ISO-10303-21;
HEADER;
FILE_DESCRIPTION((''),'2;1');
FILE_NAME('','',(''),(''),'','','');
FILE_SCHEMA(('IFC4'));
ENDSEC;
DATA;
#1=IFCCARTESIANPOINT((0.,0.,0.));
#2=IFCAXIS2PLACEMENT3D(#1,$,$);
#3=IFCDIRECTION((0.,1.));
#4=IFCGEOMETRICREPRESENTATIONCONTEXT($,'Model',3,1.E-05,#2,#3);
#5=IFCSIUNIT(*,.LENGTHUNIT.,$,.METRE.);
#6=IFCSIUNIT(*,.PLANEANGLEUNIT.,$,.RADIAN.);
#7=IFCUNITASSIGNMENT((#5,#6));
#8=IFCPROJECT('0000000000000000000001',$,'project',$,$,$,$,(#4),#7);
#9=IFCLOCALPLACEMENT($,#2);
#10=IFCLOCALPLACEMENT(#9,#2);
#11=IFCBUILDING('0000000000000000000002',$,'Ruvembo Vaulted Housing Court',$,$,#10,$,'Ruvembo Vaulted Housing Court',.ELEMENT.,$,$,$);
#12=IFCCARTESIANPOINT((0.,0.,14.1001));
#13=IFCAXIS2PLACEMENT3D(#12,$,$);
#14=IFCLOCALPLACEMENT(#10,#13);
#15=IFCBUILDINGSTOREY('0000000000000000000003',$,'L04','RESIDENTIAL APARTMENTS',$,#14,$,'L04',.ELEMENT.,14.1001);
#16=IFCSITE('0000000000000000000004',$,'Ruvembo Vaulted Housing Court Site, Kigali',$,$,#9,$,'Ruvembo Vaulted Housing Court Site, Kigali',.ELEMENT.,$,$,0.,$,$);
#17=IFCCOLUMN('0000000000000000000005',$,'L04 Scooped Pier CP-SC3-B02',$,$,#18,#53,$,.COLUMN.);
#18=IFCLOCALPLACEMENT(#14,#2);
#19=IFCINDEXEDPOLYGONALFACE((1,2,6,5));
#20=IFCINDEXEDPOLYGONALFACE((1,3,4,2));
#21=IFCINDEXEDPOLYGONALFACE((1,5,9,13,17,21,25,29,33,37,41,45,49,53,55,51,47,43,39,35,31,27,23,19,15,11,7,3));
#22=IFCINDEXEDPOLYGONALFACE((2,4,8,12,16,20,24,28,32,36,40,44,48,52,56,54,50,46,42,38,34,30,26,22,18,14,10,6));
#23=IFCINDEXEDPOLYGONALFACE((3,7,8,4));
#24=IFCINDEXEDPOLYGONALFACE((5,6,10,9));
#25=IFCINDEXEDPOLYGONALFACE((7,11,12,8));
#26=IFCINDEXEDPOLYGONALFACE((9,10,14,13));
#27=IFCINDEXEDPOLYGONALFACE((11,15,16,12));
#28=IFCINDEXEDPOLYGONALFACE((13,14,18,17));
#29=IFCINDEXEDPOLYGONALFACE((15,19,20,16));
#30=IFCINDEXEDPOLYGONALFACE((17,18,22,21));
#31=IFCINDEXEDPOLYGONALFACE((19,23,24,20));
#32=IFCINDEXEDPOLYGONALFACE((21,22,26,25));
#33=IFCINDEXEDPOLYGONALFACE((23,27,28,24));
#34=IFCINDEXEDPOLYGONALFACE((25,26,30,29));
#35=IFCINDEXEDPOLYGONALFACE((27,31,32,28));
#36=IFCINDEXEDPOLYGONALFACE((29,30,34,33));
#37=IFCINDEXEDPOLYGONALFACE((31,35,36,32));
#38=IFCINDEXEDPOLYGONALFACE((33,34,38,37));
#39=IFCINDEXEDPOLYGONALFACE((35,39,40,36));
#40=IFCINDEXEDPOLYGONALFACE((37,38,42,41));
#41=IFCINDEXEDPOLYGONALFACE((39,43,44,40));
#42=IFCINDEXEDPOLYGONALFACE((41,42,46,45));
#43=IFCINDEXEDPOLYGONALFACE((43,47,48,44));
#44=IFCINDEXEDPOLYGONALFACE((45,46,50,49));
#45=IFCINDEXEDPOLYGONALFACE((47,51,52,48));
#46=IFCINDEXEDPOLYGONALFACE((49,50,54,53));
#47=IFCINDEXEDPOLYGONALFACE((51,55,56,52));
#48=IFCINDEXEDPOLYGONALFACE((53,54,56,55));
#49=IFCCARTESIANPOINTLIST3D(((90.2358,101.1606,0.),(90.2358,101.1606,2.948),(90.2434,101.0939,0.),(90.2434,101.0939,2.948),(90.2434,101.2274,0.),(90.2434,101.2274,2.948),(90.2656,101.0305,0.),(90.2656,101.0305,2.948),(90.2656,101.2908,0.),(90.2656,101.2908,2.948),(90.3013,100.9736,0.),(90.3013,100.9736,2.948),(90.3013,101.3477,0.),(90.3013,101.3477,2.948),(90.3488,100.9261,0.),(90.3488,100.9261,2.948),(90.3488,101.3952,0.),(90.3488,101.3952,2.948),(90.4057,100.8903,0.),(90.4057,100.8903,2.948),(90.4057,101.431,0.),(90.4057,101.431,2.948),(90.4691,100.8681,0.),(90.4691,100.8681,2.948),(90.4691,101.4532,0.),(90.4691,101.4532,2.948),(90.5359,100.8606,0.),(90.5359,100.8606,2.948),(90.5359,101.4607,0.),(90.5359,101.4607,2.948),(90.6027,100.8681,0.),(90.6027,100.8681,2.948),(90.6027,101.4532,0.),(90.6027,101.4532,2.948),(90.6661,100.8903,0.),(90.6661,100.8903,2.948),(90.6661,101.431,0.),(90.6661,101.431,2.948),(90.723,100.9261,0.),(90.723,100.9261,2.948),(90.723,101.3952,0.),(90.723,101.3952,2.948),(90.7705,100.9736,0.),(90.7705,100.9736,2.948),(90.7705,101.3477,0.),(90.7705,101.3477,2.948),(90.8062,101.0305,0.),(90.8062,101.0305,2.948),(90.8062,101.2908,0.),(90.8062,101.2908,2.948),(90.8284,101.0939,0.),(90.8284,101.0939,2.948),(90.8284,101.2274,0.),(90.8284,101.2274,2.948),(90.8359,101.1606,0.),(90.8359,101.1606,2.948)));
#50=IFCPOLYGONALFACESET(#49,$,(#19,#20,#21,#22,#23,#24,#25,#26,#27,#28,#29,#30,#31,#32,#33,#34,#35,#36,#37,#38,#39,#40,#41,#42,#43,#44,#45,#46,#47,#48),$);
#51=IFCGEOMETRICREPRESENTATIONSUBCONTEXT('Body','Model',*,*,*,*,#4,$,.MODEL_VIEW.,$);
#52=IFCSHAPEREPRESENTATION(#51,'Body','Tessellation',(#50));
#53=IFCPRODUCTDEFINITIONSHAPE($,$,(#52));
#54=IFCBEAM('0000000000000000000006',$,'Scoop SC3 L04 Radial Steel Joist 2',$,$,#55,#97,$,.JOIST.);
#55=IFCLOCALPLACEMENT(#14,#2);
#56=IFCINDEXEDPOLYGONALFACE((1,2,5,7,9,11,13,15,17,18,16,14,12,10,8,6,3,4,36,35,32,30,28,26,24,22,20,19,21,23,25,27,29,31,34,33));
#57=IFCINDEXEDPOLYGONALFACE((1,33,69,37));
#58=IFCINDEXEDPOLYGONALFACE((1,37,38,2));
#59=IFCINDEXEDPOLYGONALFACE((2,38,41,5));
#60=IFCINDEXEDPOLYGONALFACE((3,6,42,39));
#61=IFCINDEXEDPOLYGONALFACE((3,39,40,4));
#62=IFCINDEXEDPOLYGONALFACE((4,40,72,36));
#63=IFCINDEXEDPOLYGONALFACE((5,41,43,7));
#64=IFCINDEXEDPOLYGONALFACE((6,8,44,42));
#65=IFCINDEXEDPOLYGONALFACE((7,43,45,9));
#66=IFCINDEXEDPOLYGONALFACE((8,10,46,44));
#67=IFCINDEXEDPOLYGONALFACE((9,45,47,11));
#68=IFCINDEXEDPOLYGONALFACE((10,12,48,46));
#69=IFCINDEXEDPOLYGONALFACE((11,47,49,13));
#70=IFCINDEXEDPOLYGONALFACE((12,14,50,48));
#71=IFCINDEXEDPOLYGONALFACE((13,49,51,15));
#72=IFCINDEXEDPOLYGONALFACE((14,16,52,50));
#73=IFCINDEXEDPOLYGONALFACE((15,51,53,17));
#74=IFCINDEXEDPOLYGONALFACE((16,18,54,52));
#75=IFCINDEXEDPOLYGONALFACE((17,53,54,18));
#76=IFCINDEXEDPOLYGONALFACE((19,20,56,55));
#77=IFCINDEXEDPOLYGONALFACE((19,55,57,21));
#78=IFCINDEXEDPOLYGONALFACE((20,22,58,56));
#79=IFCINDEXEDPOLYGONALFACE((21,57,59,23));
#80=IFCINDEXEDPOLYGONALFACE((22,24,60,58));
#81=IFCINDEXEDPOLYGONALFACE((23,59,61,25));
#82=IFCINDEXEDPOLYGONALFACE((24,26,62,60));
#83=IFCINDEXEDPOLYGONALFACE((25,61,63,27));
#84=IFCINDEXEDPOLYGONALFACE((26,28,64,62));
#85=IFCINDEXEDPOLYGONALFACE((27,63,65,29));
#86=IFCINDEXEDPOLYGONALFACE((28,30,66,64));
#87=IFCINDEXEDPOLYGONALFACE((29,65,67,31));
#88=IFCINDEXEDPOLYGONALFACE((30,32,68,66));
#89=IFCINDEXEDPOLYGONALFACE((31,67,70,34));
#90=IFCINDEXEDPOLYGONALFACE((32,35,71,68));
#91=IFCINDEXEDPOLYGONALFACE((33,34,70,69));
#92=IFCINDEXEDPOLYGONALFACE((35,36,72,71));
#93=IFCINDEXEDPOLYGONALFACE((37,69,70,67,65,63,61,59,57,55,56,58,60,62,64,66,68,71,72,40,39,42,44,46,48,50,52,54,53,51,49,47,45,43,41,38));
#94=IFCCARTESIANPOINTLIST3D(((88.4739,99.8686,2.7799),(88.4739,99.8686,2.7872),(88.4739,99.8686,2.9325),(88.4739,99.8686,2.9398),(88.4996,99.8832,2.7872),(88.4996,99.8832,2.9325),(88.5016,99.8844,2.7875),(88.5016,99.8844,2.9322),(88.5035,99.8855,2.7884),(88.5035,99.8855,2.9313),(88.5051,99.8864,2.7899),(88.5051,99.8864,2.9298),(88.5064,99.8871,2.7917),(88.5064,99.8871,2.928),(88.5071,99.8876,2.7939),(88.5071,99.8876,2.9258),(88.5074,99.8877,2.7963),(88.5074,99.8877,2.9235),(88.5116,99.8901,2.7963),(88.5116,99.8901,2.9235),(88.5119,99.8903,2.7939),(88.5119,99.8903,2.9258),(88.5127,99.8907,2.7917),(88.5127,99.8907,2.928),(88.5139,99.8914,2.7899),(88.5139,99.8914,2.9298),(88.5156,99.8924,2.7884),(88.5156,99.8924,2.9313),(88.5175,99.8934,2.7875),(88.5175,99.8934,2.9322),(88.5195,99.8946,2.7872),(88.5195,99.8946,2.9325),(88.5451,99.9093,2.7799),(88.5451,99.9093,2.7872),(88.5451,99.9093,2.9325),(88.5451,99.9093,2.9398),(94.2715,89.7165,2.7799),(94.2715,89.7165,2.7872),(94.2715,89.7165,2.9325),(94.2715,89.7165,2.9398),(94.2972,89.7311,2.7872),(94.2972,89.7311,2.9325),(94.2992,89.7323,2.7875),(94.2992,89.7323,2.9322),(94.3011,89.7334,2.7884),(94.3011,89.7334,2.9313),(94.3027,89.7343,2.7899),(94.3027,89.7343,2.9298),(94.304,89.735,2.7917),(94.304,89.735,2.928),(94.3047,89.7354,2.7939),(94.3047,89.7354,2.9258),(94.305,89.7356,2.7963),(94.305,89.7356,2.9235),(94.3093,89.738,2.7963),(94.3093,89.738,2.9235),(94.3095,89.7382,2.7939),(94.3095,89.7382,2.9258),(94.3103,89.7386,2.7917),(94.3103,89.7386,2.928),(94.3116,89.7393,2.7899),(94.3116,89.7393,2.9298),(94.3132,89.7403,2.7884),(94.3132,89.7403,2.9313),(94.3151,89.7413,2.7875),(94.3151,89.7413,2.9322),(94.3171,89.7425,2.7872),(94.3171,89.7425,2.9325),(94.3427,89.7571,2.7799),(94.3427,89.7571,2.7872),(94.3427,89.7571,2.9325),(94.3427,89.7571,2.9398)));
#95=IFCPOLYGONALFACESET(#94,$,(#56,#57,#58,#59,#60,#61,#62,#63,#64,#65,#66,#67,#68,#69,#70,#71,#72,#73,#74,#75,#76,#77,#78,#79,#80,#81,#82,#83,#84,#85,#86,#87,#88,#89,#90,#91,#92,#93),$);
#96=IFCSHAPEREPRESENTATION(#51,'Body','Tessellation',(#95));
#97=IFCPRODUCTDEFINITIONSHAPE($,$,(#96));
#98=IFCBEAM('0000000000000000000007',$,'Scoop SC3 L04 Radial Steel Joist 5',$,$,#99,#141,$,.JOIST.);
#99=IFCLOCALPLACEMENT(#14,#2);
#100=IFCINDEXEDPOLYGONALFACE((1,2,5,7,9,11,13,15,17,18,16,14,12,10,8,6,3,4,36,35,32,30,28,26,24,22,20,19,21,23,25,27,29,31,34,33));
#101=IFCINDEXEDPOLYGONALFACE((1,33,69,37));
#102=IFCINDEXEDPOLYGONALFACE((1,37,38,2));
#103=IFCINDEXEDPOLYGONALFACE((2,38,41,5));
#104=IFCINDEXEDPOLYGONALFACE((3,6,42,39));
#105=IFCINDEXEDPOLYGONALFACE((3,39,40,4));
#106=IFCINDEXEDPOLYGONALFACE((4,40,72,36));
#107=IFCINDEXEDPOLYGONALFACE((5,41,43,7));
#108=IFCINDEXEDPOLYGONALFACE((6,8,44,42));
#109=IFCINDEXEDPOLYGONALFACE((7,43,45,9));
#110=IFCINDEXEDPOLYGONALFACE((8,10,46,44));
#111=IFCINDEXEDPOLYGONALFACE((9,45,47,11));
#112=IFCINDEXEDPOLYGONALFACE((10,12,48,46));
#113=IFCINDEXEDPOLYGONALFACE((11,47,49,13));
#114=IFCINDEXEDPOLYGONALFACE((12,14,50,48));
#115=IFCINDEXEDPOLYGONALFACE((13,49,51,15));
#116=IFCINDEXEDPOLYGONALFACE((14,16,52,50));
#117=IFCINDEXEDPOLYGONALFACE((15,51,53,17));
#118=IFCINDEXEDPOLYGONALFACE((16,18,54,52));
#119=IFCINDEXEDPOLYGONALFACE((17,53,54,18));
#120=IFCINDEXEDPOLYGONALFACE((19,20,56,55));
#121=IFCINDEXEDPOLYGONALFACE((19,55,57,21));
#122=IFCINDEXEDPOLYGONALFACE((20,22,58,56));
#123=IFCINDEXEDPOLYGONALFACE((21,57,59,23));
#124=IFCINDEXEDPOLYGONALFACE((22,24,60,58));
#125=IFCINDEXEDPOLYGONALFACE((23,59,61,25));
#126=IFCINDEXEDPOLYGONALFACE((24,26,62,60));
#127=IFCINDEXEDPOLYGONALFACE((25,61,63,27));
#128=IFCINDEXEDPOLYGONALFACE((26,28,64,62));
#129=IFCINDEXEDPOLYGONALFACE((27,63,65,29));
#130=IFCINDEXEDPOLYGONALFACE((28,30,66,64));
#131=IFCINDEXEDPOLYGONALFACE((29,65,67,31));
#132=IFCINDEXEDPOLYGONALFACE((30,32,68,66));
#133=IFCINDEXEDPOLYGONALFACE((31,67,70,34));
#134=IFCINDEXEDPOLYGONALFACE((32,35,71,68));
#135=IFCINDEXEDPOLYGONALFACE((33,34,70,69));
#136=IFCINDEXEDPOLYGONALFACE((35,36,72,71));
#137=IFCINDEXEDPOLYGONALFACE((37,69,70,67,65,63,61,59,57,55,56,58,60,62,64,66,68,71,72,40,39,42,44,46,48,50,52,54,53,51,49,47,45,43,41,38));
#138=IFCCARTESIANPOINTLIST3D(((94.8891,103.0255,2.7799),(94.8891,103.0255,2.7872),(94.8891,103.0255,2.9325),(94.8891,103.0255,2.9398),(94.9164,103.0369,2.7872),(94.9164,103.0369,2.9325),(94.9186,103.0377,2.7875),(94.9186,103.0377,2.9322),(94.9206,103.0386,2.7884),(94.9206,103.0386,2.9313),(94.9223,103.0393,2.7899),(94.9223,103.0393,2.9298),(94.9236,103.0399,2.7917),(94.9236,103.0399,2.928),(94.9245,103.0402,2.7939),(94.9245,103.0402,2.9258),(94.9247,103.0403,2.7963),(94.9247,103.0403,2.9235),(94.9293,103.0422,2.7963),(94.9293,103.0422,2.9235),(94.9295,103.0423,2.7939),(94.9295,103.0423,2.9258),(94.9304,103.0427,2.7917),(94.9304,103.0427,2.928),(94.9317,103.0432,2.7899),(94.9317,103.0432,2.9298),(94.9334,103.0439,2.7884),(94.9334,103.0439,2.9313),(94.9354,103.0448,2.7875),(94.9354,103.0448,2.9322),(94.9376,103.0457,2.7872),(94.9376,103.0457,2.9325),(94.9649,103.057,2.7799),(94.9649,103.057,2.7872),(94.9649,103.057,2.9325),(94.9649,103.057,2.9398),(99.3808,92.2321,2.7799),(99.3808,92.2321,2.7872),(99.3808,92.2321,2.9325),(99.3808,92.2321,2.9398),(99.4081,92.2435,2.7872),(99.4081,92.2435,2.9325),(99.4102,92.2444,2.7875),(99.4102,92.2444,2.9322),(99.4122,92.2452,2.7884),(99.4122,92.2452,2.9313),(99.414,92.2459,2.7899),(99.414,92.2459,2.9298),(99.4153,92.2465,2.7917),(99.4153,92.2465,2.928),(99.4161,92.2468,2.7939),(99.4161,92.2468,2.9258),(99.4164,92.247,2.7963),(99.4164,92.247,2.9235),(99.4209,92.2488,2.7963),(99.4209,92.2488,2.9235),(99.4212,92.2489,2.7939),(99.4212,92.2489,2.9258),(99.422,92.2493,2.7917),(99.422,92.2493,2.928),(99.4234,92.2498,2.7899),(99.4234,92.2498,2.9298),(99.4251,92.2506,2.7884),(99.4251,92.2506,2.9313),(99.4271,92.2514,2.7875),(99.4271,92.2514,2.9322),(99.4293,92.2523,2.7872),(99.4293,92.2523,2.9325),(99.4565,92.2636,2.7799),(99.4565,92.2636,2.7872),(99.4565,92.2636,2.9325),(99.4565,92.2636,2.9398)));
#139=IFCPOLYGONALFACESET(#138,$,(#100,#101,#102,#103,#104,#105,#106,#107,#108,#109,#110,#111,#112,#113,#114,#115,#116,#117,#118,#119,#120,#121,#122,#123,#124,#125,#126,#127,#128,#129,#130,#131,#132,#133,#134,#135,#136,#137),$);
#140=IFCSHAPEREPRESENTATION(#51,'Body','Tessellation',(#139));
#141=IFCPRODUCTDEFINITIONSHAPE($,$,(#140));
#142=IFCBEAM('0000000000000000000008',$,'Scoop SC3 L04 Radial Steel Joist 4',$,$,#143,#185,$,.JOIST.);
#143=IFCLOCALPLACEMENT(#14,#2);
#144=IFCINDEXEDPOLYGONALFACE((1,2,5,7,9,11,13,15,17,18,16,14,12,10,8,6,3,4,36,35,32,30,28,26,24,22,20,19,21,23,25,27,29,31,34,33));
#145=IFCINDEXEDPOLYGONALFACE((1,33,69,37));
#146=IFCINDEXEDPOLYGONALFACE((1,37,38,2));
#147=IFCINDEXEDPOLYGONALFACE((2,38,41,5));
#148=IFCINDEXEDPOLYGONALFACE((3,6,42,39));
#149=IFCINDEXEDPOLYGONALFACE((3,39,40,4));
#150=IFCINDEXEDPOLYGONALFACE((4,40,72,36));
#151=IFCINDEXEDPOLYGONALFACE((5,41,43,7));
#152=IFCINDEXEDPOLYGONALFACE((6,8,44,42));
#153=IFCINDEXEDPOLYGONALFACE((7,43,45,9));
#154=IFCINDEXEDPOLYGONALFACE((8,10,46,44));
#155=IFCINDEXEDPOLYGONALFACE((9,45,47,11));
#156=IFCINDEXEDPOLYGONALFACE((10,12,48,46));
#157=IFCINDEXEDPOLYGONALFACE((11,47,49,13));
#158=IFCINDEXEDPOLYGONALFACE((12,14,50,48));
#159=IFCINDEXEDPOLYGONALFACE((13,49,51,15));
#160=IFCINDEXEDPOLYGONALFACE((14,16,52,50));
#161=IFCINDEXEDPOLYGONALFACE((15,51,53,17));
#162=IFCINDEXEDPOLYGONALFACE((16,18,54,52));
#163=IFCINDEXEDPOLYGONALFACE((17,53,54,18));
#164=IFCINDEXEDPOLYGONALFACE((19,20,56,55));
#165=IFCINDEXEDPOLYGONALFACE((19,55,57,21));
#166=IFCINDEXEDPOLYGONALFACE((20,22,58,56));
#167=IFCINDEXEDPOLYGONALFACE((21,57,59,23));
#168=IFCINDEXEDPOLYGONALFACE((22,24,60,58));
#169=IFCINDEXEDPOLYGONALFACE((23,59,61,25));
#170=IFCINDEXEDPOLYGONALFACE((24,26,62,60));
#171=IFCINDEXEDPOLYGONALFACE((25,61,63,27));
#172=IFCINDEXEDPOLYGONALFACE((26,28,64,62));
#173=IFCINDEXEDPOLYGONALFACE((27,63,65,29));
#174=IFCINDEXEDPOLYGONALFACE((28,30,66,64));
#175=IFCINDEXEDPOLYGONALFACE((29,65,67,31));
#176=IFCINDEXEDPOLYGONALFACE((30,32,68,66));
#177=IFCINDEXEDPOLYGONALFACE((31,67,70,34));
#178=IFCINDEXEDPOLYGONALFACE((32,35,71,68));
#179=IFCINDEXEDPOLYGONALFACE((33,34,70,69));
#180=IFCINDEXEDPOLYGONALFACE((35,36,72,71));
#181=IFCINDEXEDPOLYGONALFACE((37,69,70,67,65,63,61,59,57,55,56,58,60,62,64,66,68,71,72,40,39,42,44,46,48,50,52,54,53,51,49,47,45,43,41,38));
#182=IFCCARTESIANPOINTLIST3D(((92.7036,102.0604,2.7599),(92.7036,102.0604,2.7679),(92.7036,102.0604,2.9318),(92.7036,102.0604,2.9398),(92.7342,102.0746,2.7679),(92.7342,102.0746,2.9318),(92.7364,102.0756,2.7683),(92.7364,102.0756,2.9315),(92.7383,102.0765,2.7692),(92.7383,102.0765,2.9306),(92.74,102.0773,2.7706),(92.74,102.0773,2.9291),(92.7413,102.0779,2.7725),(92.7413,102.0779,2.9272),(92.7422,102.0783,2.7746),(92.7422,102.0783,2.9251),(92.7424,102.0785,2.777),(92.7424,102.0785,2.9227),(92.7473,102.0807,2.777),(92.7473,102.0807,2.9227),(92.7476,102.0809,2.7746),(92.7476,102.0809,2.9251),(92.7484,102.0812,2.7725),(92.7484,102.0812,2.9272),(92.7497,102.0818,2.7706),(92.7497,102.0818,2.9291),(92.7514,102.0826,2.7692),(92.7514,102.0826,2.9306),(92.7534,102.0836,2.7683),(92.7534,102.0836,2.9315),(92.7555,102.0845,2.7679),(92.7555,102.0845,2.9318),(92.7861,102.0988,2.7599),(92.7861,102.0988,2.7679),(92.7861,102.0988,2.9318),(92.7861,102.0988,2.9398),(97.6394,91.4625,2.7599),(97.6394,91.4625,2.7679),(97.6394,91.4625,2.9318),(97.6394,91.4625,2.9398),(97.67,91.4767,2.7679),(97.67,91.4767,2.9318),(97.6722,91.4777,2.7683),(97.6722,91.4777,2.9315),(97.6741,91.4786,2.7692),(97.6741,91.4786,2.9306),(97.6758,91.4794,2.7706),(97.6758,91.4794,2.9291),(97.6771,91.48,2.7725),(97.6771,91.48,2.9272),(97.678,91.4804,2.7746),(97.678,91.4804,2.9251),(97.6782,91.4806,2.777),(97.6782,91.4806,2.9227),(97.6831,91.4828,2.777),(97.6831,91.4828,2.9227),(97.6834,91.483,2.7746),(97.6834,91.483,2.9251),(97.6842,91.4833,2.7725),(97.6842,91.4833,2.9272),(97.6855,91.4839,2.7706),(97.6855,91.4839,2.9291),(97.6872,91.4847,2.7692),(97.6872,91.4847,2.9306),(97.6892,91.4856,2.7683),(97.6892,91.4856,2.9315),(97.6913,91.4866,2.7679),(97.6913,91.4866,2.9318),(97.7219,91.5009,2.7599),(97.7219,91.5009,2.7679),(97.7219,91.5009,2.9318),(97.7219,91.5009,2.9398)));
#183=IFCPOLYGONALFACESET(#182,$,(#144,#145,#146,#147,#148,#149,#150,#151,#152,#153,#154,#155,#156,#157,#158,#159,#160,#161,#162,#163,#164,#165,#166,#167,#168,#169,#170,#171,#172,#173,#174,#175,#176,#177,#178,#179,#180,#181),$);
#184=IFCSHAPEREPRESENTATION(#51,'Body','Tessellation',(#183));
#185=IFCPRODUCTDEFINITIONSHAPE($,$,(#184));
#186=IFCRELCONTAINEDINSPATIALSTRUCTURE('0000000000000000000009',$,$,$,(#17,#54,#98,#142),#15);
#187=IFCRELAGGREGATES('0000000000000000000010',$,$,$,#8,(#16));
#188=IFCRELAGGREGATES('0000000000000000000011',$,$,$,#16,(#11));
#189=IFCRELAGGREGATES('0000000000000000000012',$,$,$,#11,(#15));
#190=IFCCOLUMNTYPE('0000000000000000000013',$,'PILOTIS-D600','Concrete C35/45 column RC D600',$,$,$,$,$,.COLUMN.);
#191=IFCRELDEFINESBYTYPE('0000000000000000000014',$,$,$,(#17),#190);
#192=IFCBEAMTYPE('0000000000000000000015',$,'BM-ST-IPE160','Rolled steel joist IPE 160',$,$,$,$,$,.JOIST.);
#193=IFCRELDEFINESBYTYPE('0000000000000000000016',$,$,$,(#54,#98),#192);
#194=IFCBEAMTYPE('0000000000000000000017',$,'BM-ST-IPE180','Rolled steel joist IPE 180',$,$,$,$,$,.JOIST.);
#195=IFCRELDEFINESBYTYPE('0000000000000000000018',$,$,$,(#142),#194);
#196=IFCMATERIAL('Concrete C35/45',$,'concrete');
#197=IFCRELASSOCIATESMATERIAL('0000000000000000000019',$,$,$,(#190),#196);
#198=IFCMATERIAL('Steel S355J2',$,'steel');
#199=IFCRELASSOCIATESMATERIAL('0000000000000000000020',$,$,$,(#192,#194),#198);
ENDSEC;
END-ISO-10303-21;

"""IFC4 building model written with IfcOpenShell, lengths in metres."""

from ifc_helpers import new_model, si_unit, direction, frame, origin, origin_2d, place, context, subcontext, project, spatial, circle, i_section, extrude, material, material_profile, profile_set, type_object, element, save


model = new_model("IFC4")

# Units and contexts
model_context = context("Model", 3, precision=1e-05, world=origin(), true_north=direction((0.0, 1.0)))
body_context = subcontext(model_context, "Body", "Model", "MODEL_VIEW")
ifc_project = project(units=[si_unit("LENGTHUNIT", "METRE"), si_unit("PLANEANGLEUNIT", "RADIAN")], contexts=[model_context])

# Site, building, storey
site_placement = place(None, origin())
site = spatial("IfcSite", under=ifc_project, at=site_placement, Name="Ruvembo Vaulted Housing Court Site, Kigali", LongName="Ruvembo Vaulted Housing Court Site, Kigali", CompositionType="ELEMENT", RefElevation=0.0)
building_placement = place(site_placement, origin())
building = spatial("IfcBuilding", under=site, at=building_placement, Name="Ruvembo Vaulted Housing Court", LongName="Ruvembo Vaulted Housing Court", CompositionType="ELEMENT")
storey_placement = place(building_placement, frame((0.0, 0.0, 14.1001)))
storey = spatial("IfcBuildingStorey", under=building, at=storey_placement, Name="L04", Description="RESIDENTIAL APARTMENTS", LongName="L04", CompositionType="ELEMENT", Elevation=14.1001)

# Column
ifc_material_1 = material(Name="Concrete C35/45", Category="concrete")
ifc_material_profile_1 = material_profile(ifc_material_1, circle(Radius=0.3, at=origin_2d()), Name="RC D600")
ifc_profile_set_1 = profile_set([ifc_material_profile_1], Name="Concrete C35/45")
column_type = type_object("IfcColumnType", Name="PILOTIS-D600", Description="Concrete C35/45 column RC D600", PredefinedType="COLUMN", material=ifc_profile_set_1)
column_placement = place(storey_placement, frame((90.5359, 101.1606, 0.0), z_axis=(0.0, 0.0, 1.0), x_axis=(1.0, 0.0, 0.0)))
element("IfcColumn", 1, at=column_placement, inside=storey, type_object=column_type, Name="L04 Scooped Pier CP-SC3-B02", PredefinedType="COLUMN", context=body_context, shape_type="SweptSolid", body=[
    extrude(circle(Radius=0.3, at=origin_2d()), origin(), (0.0, 0.0, 1.0), 2.948),
])

# Beams
ifc_material_2 = material(Name="Steel S355J2", Category="steel")
ifc_material_profile_2 = material_profile(ifc_material_2, i_section(OverallWidth=0.082, OverallDepth=0.1599, WebThickness=0.0049, FlangeThickness=0.0073, FilletRadius=0.009, at=origin_2d()), Name="IPE 160")
ifc_profile_set_2 = profile_set([ifc_material_profile_2], Name="Steel S355J2")
beam_type_1 = type_object("IfcBeamType", Name="BM-ST-IPE160", Description="Rolled steel joist IPE 160", PredefinedType="JOIST", material=ifc_profile_set_2)
beam_1_placement = place(storey_placement, frame((88.5095, 99.8889, 2.8599), z_axis=(0.495907, -0.868375, 0.0), x_axis=(0.868375, 0.495907, 0.0)))
element("IfcBeam", 2, at=beam_1_placement, inside=storey, type_object=beam_type_1, Name="Scoop SC3 L04 Radial Steel Joist 2", PredefinedType="JOIST", context=body_context, shape_type="SweptSolid", body=[
    extrude(i_section(OverallWidth=0.082, OverallDepth=0.1599, WebThickness=0.0049, FlangeThickness=0.0073, FilletRadius=0.009, at=origin_2d()), origin(), (0.0, 0.0, 1.0), 11.6909),
])
beam_2_placement = place(storey_placement, frame((94.927, 103.0413, 2.8599), z_axis=(0.384209, -0.923246, 0.0), x_axis=(0.923246, 0.384209, 0.0)))
element("IfcBeam", 3, at=beam_2_placement, inside=storey, type_object=beam_type_1, Name="Scoop SC3 L04 Radial Steel Joist 5", PredefinedType="JOIST", context=body_context, shape_type="SweptSolid", body=[
    extrude(i_section(OverallWidth=0.082, OverallDepth=0.1599, WebThickness=0.0049, FlangeThickness=0.0073, FilletRadius=0.009, at=origin_2d()), origin(), (0.0, 0.0, 1.0), 11.6907),
])
ifc_material_profile_3 = material_profile(ifc_material_2, i_section(OverallWidth=0.0911, OverallDepth=0.1799, WebThickness=0.0054, FlangeThickness=0.0081, FilletRadius=0.009, at=origin_2d()), Name="IPE 180")
ifc_profile_set_3 = profile_set([ifc_material_profile_3], Name="Steel S355J2")
beam_type_2 = type_object("IfcBeamType", Name="BM-ST-IPE180", Description="Rolled steel joist IPE 180", PredefinedType="JOIST", material=ifc_profile_set_3)
beam_3_placement = place(storey_placement, frame((92.7449, 102.0796, 2.8499), z_axis=(0.42219, -0.906507, 0.0), x_axis=(0.906507, 0.42219, 0.0)))
element("IfcBeam", 4, at=beam_3_placement, inside=storey, type_object=beam_type_2, Name="Scoop SC3 L04 Radial Steel Joist 4", PredefinedType="JOIST", context=body_context, shape_type="SweptSolid", body=[
    extrude(i_section(OverallWidth=0.0911, OverallDepth=0.1799, WebThickness=0.0054, FlangeThickness=0.0081, FilletRadius=0.009, at=origin_2d()), origin(), (0.0, 0.0, 1.0), 11.6909),
])

save(model, "model.ifc")
